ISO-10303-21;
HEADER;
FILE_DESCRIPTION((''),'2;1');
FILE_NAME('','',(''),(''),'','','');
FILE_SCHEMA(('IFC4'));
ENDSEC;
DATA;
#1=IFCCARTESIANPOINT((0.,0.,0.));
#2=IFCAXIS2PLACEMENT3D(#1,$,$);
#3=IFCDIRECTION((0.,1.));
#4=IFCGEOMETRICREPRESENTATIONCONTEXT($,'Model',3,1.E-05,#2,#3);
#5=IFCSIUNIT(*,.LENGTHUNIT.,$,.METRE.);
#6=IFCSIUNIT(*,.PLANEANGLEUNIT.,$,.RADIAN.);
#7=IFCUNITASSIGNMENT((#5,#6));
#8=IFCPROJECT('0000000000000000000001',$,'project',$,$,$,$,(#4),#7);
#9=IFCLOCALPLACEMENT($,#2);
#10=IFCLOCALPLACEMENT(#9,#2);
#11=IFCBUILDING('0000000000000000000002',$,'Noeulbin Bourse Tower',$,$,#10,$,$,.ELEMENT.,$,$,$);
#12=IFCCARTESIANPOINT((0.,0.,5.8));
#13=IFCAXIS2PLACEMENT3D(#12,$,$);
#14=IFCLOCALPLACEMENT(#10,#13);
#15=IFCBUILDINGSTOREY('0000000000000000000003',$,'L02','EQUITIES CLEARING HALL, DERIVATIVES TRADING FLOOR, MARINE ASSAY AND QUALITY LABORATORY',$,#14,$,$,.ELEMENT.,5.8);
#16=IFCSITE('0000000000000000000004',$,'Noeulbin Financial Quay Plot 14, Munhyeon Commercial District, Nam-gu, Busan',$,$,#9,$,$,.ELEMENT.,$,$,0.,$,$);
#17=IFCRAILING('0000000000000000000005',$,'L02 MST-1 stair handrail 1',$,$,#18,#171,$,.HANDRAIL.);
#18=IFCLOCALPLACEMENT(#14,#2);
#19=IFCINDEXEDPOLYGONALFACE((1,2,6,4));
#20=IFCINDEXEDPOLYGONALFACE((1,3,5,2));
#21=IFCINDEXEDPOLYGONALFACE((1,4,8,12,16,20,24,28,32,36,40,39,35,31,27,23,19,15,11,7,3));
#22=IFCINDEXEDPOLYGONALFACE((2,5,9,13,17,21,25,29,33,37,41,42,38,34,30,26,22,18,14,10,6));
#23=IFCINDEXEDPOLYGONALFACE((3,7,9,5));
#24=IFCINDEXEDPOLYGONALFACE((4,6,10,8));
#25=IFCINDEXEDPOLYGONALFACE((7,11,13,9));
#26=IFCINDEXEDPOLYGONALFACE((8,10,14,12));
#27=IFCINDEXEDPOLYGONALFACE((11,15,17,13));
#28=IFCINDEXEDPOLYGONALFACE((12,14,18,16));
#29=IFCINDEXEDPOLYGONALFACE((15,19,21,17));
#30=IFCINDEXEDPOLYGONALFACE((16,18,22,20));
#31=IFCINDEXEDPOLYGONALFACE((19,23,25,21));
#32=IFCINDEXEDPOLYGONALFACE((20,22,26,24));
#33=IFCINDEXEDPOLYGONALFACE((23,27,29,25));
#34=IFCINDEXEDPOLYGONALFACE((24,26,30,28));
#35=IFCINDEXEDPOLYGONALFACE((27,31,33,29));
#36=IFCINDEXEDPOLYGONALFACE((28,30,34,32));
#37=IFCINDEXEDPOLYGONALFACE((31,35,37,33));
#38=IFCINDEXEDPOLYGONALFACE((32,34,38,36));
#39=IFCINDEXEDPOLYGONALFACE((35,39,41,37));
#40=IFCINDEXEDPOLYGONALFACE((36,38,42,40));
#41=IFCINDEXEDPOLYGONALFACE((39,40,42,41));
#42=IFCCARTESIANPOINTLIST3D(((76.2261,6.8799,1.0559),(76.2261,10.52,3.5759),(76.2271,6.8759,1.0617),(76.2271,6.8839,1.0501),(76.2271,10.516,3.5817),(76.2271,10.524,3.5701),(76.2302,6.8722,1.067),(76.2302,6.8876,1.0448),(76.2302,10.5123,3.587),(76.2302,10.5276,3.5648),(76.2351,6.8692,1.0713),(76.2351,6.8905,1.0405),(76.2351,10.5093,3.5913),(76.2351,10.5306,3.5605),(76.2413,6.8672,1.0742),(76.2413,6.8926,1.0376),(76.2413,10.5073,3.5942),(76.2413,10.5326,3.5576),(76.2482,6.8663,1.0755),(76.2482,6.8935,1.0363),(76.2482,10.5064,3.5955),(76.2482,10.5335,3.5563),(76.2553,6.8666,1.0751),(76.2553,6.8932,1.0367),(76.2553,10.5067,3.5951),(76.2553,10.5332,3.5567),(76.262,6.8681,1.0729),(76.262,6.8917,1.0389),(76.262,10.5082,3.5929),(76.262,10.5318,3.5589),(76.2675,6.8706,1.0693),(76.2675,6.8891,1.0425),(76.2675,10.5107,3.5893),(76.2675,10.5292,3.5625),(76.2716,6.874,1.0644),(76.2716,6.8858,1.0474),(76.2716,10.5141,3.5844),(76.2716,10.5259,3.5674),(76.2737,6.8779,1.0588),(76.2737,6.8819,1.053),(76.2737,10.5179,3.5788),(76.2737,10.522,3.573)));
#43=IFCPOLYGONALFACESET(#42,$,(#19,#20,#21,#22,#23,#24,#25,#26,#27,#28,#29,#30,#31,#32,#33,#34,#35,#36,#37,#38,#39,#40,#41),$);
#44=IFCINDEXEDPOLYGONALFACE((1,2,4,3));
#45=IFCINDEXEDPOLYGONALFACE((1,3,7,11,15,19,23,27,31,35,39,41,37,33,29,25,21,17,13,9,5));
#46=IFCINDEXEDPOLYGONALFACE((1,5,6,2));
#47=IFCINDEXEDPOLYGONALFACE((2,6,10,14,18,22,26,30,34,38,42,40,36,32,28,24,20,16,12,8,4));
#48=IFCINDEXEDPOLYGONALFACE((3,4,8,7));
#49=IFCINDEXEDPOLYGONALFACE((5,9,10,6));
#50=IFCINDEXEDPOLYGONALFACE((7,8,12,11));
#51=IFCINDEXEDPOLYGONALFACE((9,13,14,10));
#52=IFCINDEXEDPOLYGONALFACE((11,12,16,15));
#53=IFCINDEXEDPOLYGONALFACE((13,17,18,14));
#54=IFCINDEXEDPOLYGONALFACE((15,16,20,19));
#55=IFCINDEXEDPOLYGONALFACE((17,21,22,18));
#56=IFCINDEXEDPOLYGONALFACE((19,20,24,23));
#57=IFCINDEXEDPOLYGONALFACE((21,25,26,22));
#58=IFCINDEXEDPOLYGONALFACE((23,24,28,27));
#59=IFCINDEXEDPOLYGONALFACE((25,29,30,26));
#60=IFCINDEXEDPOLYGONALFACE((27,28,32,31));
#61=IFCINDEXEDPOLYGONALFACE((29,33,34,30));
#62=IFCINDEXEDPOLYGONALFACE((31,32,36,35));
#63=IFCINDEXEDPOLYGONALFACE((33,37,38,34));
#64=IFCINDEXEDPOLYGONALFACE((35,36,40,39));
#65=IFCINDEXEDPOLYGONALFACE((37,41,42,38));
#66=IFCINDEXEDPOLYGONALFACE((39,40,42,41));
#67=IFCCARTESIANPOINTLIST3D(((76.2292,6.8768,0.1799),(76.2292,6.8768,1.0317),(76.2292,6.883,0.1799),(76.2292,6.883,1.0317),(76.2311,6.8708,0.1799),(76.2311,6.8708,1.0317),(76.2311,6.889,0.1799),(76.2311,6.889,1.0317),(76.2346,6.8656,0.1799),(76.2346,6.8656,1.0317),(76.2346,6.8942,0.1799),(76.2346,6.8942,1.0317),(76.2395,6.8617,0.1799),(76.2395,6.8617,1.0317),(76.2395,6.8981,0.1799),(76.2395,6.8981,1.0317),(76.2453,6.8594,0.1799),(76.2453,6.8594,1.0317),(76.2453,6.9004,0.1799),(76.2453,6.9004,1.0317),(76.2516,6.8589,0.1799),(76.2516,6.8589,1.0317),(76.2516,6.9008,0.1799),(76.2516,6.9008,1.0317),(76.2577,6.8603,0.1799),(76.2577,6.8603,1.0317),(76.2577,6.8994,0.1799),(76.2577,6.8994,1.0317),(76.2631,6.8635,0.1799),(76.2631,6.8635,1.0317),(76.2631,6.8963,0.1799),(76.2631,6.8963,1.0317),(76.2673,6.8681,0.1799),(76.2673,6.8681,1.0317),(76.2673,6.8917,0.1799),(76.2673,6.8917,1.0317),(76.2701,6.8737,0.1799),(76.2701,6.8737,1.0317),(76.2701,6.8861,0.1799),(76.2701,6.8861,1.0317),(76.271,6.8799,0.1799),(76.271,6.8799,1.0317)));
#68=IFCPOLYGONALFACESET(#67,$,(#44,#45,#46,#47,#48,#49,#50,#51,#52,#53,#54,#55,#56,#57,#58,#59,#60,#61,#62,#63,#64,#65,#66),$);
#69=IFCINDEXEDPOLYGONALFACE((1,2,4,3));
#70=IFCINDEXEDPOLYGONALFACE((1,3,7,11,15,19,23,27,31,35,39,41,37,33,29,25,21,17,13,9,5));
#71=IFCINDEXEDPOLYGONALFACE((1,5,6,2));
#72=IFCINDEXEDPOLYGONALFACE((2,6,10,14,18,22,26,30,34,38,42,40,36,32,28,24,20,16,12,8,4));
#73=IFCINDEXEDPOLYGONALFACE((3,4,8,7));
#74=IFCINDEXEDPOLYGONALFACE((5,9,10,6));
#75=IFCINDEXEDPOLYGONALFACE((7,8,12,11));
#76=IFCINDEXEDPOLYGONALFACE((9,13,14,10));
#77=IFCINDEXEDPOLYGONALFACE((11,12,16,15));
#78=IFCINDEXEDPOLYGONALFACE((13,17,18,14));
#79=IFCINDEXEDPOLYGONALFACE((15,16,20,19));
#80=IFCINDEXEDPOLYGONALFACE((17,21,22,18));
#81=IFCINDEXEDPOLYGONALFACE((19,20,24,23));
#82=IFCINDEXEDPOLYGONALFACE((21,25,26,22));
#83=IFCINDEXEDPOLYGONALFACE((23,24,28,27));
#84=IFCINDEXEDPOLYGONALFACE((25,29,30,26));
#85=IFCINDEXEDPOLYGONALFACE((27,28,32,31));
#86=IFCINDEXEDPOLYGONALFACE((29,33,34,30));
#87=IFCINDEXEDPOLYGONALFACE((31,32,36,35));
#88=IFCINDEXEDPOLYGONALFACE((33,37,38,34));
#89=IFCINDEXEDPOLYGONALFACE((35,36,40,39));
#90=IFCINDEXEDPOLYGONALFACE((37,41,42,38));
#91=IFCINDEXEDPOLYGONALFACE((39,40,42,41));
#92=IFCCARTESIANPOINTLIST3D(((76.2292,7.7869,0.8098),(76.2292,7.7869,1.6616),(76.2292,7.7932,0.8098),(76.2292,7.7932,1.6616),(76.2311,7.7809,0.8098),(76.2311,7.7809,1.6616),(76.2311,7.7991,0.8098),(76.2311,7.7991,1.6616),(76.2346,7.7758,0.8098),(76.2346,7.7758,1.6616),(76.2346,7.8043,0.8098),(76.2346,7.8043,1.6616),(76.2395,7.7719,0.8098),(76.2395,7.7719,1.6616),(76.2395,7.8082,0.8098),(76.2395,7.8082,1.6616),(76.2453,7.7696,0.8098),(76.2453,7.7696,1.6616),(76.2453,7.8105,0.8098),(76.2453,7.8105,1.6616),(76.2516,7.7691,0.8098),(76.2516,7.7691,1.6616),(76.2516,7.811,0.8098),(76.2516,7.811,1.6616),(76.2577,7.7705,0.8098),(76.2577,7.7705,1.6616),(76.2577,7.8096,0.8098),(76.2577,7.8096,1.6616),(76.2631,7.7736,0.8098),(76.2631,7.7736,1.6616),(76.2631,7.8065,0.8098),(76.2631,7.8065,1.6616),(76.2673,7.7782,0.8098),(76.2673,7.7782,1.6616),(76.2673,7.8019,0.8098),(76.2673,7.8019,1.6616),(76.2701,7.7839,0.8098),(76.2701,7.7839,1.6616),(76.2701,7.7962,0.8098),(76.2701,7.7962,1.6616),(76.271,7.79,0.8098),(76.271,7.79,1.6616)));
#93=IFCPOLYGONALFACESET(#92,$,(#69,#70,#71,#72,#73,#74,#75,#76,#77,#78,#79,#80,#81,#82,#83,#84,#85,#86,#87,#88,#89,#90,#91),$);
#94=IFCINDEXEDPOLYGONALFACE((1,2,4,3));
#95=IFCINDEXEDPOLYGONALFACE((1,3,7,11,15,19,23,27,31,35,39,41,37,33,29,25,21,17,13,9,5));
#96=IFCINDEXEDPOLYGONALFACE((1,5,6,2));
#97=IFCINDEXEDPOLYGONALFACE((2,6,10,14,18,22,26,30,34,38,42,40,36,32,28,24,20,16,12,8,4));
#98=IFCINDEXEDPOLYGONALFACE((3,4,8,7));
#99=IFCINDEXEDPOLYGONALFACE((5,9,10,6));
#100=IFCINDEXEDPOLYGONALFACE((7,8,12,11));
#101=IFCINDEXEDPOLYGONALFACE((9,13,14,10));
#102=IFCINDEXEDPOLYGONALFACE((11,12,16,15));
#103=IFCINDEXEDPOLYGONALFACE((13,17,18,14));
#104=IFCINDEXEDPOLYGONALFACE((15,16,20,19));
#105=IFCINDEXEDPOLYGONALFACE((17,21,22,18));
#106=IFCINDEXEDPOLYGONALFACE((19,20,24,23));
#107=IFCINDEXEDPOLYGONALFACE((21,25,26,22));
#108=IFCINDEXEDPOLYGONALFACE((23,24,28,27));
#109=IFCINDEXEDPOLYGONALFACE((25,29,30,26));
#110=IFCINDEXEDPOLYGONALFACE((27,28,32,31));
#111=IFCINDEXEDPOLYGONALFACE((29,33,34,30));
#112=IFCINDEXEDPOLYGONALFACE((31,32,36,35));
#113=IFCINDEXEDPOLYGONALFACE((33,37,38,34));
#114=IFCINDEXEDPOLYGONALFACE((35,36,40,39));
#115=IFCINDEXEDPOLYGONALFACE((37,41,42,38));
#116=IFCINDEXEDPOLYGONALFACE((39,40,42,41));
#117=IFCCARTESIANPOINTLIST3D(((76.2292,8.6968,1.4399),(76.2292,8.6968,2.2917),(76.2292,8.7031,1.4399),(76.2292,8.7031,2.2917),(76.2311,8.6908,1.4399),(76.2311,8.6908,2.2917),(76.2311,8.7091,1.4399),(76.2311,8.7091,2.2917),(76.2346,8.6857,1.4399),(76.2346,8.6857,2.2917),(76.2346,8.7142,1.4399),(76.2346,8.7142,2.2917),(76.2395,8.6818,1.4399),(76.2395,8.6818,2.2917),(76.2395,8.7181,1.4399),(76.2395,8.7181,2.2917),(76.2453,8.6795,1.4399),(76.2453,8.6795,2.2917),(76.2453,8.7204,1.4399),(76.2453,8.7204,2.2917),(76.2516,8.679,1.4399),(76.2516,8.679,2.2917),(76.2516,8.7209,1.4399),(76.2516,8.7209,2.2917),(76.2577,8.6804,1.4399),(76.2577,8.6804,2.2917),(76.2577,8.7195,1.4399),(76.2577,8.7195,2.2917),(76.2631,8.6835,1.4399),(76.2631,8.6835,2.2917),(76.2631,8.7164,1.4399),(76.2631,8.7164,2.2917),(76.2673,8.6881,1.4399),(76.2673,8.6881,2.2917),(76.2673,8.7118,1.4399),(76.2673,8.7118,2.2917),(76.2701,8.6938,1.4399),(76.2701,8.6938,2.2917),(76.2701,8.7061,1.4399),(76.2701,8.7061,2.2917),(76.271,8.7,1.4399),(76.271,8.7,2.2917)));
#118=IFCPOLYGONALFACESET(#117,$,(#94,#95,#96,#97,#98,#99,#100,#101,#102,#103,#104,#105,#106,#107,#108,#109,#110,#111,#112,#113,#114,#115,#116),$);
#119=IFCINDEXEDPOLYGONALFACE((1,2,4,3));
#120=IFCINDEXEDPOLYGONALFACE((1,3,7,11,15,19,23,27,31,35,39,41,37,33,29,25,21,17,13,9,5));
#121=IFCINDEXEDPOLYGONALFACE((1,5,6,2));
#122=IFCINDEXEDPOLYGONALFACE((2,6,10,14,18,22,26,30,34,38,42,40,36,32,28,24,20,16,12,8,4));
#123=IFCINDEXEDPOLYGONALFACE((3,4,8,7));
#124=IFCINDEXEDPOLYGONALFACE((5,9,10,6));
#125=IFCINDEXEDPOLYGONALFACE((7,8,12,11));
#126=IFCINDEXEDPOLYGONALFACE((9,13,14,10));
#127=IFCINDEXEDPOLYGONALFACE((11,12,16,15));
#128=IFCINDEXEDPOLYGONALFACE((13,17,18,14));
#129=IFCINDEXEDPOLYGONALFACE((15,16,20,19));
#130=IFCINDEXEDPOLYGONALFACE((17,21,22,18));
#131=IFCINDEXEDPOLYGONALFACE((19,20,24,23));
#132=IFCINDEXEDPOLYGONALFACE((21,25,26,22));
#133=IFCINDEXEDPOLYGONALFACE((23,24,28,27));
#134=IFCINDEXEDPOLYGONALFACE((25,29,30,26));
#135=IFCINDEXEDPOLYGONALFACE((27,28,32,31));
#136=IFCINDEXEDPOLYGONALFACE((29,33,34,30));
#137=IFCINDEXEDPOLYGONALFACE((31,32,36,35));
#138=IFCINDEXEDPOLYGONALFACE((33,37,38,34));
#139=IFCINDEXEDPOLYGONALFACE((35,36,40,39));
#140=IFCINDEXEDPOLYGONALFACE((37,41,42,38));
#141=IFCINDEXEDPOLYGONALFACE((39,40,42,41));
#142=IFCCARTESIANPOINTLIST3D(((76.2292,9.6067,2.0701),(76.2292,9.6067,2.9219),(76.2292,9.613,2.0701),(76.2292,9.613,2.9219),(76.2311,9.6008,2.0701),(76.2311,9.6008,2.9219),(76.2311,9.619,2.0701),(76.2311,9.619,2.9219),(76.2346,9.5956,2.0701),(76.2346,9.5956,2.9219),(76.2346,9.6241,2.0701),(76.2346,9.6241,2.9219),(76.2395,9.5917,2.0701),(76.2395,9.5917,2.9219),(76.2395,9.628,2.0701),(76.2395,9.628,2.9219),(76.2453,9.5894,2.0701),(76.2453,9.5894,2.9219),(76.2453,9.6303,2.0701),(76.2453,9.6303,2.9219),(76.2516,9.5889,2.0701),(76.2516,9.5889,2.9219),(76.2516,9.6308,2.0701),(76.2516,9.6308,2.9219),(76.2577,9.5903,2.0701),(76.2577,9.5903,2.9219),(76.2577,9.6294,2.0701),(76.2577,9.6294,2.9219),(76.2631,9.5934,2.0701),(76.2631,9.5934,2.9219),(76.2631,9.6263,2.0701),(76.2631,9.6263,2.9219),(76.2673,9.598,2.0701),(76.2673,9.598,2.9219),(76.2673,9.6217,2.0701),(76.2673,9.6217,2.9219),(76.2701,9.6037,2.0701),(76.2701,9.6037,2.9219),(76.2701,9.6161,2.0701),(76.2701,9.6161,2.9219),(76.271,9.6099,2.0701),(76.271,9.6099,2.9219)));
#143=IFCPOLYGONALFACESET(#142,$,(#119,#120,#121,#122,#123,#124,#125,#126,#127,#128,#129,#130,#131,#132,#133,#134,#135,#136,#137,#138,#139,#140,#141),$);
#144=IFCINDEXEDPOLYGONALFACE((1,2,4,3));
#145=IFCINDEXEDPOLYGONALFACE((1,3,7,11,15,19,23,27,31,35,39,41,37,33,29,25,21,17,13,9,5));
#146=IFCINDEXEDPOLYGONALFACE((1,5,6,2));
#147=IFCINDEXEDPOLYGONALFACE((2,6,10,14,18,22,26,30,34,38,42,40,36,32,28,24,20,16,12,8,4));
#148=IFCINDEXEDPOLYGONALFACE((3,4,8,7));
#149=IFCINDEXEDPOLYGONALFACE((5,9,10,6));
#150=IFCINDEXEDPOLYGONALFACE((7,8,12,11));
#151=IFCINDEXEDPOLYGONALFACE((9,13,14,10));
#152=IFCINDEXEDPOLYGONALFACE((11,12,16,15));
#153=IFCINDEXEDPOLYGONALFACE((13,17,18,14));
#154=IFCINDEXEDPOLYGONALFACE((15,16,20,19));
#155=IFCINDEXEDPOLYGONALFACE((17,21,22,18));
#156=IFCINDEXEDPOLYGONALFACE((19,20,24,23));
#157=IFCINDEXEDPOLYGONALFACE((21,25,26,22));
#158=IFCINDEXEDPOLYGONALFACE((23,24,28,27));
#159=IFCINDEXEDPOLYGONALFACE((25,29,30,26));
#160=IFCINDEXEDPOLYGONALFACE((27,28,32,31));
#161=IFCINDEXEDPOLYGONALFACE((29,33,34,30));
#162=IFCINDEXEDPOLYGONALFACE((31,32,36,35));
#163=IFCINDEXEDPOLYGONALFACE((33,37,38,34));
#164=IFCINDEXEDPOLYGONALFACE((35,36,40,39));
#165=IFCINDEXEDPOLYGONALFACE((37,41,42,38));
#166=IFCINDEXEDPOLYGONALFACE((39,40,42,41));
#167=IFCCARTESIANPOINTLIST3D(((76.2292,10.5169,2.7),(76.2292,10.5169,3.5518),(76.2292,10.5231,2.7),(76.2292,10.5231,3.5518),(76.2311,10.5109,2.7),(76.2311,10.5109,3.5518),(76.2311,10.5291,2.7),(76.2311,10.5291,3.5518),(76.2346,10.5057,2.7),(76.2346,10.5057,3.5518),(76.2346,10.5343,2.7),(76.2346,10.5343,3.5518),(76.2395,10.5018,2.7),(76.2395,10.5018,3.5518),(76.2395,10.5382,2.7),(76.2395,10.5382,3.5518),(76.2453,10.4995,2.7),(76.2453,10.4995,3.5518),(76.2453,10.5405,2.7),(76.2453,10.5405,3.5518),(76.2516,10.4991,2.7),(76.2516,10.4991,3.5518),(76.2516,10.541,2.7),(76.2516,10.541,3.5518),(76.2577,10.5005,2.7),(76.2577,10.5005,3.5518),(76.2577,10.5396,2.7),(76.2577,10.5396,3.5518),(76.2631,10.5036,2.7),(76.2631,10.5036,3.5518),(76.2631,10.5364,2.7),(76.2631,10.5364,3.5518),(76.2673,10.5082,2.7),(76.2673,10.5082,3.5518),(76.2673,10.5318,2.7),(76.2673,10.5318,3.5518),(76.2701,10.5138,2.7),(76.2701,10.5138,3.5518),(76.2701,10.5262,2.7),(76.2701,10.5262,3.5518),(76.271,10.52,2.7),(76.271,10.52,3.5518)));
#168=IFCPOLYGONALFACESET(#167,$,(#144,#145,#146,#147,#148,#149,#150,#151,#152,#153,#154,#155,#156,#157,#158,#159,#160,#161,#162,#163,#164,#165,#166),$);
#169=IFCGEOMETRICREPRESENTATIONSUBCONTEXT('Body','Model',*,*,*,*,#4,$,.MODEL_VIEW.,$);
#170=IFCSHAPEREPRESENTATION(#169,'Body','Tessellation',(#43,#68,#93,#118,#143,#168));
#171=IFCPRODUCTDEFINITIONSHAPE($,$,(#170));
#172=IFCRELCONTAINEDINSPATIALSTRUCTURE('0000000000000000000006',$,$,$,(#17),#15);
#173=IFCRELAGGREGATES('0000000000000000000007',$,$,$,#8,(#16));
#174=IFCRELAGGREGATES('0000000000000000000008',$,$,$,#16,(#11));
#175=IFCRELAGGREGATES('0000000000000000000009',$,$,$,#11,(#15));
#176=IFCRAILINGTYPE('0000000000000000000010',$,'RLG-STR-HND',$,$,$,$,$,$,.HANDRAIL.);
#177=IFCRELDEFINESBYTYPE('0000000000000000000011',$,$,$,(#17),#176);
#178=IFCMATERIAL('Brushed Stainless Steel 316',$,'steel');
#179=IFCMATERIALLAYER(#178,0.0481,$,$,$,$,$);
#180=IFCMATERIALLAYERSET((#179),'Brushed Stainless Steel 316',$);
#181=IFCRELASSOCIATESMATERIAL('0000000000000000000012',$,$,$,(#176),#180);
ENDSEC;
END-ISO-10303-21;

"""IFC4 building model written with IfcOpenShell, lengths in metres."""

from ifc_helpers import new_model, si_unit, direction, frame, origin, origin_2d, place, context, subcontext, project, spatial, circle, extrude, material, layer, layer_set, type_object, element, save


model = new_model("IFC4")

# Units and contexts
model_context = context("Model", 3, precision=1e-05, world=origin(), true_north=direction((0.0, 1.0)))
body_context = subcontext(model_context, "Body", "Model", "MODEL_VIEW")
ifc_project = project(units=[si_unit("LENGTHUNIT", "METRE"), si_unit("PLANEANGLEUNIT", "RADIAN")], contexts=[model_context])

# Site, building, storey
site_placement = place(None, origin())
site = spatial("IfcSite", under=ifc_project, at=site_placement, Name="Noeulbin Financial Quay Plot 14, Munhyeon Commercial District, Nam-gu, Busan", CompositionType="ELEMENT", RefElevation=0.0)
building_placement = place(site_placement, origin())
building = spatial("IfcBuilding", under=site, at=building_placement, Name="Noeulbin Bourse Tower", CompositionType="ELEMENT")
storey_placement = place(building_placement, frame((0.0, 0.0, 5.8)))
storey = spatial("IfcBuildingStorey", under=building, at=storey_placement, Name="L02", Description="EQUITIES CLEARING HALL, DERIVATIVES TRADING FLOOR, MARINE ASSAY AND QUALITY LABORATORY", CompositionType="ELEMENT", Elevation=5.8)

# Railing
ifc_material_1 = material(Name="Brushed Stainless Steel 316", Category="steel")
ifc_layer_1 = layer(ifc_material_1, 0.0481)
ifc_layer_set_1 = layer_set([ifc_layer_1], Name="Brushed Stainless Steel 316")
railing_type_1 = type_object("IfcRailingType", Name="RLG-STR-HND", PredefinedType="HANDRAIL", material=ifc_layer_set_1)
railing_1_placement = place(storey_placement, frame((76.25, 6.8799, 0.1799)))
element("IfcRailing", 1, at=railing_1_placement, inside=storey, type_object=railing_type_1, Name="L02 MST-1 stair handrail 1", PredefinedType="HANDRAIL", context=body_context, shape_type="SweptSolid", body=[
    extrude(circle(Radius=0.0239, at=origin_2d()), frame((0.0, 0.0, 0.876), z_axis=(0.0, 0.8222, 0.569199), x_axis=(-1.0, 0.0, 0.0)), (0.0, 0.0, 1.0), 4.4272),
    extrude(circle(Radius=0.021, at=origin_2d()), origin(), (0.0, 0.0, 1.0), 0.8518),
    extrude(circle(Radius=0.021, at=origin_2d()), frame((0.0, 0.9102, 0.6299)), (0.0, 0.0, 1.0), 0.8518),
    extrude(circle(Radius=0.021, at=origin_2d()), frame((0.0, 1.8201, 1.26)), (0.0, 0.0, 1.0), 0.8518),
    extrude(circle(Radius=0.021, at=origin_2d()), frame((0.0, 2.73, 1.8901)), (0.0, 0.0, 1.0), 0.8518),
    extrude(circle(Radius=0.021, at=origin_2d()), frame((0.0, 3.6401, 2.52)), (0.0, 0.0, 1.0), 0.8518),
])

save(model, "model.ifc")
